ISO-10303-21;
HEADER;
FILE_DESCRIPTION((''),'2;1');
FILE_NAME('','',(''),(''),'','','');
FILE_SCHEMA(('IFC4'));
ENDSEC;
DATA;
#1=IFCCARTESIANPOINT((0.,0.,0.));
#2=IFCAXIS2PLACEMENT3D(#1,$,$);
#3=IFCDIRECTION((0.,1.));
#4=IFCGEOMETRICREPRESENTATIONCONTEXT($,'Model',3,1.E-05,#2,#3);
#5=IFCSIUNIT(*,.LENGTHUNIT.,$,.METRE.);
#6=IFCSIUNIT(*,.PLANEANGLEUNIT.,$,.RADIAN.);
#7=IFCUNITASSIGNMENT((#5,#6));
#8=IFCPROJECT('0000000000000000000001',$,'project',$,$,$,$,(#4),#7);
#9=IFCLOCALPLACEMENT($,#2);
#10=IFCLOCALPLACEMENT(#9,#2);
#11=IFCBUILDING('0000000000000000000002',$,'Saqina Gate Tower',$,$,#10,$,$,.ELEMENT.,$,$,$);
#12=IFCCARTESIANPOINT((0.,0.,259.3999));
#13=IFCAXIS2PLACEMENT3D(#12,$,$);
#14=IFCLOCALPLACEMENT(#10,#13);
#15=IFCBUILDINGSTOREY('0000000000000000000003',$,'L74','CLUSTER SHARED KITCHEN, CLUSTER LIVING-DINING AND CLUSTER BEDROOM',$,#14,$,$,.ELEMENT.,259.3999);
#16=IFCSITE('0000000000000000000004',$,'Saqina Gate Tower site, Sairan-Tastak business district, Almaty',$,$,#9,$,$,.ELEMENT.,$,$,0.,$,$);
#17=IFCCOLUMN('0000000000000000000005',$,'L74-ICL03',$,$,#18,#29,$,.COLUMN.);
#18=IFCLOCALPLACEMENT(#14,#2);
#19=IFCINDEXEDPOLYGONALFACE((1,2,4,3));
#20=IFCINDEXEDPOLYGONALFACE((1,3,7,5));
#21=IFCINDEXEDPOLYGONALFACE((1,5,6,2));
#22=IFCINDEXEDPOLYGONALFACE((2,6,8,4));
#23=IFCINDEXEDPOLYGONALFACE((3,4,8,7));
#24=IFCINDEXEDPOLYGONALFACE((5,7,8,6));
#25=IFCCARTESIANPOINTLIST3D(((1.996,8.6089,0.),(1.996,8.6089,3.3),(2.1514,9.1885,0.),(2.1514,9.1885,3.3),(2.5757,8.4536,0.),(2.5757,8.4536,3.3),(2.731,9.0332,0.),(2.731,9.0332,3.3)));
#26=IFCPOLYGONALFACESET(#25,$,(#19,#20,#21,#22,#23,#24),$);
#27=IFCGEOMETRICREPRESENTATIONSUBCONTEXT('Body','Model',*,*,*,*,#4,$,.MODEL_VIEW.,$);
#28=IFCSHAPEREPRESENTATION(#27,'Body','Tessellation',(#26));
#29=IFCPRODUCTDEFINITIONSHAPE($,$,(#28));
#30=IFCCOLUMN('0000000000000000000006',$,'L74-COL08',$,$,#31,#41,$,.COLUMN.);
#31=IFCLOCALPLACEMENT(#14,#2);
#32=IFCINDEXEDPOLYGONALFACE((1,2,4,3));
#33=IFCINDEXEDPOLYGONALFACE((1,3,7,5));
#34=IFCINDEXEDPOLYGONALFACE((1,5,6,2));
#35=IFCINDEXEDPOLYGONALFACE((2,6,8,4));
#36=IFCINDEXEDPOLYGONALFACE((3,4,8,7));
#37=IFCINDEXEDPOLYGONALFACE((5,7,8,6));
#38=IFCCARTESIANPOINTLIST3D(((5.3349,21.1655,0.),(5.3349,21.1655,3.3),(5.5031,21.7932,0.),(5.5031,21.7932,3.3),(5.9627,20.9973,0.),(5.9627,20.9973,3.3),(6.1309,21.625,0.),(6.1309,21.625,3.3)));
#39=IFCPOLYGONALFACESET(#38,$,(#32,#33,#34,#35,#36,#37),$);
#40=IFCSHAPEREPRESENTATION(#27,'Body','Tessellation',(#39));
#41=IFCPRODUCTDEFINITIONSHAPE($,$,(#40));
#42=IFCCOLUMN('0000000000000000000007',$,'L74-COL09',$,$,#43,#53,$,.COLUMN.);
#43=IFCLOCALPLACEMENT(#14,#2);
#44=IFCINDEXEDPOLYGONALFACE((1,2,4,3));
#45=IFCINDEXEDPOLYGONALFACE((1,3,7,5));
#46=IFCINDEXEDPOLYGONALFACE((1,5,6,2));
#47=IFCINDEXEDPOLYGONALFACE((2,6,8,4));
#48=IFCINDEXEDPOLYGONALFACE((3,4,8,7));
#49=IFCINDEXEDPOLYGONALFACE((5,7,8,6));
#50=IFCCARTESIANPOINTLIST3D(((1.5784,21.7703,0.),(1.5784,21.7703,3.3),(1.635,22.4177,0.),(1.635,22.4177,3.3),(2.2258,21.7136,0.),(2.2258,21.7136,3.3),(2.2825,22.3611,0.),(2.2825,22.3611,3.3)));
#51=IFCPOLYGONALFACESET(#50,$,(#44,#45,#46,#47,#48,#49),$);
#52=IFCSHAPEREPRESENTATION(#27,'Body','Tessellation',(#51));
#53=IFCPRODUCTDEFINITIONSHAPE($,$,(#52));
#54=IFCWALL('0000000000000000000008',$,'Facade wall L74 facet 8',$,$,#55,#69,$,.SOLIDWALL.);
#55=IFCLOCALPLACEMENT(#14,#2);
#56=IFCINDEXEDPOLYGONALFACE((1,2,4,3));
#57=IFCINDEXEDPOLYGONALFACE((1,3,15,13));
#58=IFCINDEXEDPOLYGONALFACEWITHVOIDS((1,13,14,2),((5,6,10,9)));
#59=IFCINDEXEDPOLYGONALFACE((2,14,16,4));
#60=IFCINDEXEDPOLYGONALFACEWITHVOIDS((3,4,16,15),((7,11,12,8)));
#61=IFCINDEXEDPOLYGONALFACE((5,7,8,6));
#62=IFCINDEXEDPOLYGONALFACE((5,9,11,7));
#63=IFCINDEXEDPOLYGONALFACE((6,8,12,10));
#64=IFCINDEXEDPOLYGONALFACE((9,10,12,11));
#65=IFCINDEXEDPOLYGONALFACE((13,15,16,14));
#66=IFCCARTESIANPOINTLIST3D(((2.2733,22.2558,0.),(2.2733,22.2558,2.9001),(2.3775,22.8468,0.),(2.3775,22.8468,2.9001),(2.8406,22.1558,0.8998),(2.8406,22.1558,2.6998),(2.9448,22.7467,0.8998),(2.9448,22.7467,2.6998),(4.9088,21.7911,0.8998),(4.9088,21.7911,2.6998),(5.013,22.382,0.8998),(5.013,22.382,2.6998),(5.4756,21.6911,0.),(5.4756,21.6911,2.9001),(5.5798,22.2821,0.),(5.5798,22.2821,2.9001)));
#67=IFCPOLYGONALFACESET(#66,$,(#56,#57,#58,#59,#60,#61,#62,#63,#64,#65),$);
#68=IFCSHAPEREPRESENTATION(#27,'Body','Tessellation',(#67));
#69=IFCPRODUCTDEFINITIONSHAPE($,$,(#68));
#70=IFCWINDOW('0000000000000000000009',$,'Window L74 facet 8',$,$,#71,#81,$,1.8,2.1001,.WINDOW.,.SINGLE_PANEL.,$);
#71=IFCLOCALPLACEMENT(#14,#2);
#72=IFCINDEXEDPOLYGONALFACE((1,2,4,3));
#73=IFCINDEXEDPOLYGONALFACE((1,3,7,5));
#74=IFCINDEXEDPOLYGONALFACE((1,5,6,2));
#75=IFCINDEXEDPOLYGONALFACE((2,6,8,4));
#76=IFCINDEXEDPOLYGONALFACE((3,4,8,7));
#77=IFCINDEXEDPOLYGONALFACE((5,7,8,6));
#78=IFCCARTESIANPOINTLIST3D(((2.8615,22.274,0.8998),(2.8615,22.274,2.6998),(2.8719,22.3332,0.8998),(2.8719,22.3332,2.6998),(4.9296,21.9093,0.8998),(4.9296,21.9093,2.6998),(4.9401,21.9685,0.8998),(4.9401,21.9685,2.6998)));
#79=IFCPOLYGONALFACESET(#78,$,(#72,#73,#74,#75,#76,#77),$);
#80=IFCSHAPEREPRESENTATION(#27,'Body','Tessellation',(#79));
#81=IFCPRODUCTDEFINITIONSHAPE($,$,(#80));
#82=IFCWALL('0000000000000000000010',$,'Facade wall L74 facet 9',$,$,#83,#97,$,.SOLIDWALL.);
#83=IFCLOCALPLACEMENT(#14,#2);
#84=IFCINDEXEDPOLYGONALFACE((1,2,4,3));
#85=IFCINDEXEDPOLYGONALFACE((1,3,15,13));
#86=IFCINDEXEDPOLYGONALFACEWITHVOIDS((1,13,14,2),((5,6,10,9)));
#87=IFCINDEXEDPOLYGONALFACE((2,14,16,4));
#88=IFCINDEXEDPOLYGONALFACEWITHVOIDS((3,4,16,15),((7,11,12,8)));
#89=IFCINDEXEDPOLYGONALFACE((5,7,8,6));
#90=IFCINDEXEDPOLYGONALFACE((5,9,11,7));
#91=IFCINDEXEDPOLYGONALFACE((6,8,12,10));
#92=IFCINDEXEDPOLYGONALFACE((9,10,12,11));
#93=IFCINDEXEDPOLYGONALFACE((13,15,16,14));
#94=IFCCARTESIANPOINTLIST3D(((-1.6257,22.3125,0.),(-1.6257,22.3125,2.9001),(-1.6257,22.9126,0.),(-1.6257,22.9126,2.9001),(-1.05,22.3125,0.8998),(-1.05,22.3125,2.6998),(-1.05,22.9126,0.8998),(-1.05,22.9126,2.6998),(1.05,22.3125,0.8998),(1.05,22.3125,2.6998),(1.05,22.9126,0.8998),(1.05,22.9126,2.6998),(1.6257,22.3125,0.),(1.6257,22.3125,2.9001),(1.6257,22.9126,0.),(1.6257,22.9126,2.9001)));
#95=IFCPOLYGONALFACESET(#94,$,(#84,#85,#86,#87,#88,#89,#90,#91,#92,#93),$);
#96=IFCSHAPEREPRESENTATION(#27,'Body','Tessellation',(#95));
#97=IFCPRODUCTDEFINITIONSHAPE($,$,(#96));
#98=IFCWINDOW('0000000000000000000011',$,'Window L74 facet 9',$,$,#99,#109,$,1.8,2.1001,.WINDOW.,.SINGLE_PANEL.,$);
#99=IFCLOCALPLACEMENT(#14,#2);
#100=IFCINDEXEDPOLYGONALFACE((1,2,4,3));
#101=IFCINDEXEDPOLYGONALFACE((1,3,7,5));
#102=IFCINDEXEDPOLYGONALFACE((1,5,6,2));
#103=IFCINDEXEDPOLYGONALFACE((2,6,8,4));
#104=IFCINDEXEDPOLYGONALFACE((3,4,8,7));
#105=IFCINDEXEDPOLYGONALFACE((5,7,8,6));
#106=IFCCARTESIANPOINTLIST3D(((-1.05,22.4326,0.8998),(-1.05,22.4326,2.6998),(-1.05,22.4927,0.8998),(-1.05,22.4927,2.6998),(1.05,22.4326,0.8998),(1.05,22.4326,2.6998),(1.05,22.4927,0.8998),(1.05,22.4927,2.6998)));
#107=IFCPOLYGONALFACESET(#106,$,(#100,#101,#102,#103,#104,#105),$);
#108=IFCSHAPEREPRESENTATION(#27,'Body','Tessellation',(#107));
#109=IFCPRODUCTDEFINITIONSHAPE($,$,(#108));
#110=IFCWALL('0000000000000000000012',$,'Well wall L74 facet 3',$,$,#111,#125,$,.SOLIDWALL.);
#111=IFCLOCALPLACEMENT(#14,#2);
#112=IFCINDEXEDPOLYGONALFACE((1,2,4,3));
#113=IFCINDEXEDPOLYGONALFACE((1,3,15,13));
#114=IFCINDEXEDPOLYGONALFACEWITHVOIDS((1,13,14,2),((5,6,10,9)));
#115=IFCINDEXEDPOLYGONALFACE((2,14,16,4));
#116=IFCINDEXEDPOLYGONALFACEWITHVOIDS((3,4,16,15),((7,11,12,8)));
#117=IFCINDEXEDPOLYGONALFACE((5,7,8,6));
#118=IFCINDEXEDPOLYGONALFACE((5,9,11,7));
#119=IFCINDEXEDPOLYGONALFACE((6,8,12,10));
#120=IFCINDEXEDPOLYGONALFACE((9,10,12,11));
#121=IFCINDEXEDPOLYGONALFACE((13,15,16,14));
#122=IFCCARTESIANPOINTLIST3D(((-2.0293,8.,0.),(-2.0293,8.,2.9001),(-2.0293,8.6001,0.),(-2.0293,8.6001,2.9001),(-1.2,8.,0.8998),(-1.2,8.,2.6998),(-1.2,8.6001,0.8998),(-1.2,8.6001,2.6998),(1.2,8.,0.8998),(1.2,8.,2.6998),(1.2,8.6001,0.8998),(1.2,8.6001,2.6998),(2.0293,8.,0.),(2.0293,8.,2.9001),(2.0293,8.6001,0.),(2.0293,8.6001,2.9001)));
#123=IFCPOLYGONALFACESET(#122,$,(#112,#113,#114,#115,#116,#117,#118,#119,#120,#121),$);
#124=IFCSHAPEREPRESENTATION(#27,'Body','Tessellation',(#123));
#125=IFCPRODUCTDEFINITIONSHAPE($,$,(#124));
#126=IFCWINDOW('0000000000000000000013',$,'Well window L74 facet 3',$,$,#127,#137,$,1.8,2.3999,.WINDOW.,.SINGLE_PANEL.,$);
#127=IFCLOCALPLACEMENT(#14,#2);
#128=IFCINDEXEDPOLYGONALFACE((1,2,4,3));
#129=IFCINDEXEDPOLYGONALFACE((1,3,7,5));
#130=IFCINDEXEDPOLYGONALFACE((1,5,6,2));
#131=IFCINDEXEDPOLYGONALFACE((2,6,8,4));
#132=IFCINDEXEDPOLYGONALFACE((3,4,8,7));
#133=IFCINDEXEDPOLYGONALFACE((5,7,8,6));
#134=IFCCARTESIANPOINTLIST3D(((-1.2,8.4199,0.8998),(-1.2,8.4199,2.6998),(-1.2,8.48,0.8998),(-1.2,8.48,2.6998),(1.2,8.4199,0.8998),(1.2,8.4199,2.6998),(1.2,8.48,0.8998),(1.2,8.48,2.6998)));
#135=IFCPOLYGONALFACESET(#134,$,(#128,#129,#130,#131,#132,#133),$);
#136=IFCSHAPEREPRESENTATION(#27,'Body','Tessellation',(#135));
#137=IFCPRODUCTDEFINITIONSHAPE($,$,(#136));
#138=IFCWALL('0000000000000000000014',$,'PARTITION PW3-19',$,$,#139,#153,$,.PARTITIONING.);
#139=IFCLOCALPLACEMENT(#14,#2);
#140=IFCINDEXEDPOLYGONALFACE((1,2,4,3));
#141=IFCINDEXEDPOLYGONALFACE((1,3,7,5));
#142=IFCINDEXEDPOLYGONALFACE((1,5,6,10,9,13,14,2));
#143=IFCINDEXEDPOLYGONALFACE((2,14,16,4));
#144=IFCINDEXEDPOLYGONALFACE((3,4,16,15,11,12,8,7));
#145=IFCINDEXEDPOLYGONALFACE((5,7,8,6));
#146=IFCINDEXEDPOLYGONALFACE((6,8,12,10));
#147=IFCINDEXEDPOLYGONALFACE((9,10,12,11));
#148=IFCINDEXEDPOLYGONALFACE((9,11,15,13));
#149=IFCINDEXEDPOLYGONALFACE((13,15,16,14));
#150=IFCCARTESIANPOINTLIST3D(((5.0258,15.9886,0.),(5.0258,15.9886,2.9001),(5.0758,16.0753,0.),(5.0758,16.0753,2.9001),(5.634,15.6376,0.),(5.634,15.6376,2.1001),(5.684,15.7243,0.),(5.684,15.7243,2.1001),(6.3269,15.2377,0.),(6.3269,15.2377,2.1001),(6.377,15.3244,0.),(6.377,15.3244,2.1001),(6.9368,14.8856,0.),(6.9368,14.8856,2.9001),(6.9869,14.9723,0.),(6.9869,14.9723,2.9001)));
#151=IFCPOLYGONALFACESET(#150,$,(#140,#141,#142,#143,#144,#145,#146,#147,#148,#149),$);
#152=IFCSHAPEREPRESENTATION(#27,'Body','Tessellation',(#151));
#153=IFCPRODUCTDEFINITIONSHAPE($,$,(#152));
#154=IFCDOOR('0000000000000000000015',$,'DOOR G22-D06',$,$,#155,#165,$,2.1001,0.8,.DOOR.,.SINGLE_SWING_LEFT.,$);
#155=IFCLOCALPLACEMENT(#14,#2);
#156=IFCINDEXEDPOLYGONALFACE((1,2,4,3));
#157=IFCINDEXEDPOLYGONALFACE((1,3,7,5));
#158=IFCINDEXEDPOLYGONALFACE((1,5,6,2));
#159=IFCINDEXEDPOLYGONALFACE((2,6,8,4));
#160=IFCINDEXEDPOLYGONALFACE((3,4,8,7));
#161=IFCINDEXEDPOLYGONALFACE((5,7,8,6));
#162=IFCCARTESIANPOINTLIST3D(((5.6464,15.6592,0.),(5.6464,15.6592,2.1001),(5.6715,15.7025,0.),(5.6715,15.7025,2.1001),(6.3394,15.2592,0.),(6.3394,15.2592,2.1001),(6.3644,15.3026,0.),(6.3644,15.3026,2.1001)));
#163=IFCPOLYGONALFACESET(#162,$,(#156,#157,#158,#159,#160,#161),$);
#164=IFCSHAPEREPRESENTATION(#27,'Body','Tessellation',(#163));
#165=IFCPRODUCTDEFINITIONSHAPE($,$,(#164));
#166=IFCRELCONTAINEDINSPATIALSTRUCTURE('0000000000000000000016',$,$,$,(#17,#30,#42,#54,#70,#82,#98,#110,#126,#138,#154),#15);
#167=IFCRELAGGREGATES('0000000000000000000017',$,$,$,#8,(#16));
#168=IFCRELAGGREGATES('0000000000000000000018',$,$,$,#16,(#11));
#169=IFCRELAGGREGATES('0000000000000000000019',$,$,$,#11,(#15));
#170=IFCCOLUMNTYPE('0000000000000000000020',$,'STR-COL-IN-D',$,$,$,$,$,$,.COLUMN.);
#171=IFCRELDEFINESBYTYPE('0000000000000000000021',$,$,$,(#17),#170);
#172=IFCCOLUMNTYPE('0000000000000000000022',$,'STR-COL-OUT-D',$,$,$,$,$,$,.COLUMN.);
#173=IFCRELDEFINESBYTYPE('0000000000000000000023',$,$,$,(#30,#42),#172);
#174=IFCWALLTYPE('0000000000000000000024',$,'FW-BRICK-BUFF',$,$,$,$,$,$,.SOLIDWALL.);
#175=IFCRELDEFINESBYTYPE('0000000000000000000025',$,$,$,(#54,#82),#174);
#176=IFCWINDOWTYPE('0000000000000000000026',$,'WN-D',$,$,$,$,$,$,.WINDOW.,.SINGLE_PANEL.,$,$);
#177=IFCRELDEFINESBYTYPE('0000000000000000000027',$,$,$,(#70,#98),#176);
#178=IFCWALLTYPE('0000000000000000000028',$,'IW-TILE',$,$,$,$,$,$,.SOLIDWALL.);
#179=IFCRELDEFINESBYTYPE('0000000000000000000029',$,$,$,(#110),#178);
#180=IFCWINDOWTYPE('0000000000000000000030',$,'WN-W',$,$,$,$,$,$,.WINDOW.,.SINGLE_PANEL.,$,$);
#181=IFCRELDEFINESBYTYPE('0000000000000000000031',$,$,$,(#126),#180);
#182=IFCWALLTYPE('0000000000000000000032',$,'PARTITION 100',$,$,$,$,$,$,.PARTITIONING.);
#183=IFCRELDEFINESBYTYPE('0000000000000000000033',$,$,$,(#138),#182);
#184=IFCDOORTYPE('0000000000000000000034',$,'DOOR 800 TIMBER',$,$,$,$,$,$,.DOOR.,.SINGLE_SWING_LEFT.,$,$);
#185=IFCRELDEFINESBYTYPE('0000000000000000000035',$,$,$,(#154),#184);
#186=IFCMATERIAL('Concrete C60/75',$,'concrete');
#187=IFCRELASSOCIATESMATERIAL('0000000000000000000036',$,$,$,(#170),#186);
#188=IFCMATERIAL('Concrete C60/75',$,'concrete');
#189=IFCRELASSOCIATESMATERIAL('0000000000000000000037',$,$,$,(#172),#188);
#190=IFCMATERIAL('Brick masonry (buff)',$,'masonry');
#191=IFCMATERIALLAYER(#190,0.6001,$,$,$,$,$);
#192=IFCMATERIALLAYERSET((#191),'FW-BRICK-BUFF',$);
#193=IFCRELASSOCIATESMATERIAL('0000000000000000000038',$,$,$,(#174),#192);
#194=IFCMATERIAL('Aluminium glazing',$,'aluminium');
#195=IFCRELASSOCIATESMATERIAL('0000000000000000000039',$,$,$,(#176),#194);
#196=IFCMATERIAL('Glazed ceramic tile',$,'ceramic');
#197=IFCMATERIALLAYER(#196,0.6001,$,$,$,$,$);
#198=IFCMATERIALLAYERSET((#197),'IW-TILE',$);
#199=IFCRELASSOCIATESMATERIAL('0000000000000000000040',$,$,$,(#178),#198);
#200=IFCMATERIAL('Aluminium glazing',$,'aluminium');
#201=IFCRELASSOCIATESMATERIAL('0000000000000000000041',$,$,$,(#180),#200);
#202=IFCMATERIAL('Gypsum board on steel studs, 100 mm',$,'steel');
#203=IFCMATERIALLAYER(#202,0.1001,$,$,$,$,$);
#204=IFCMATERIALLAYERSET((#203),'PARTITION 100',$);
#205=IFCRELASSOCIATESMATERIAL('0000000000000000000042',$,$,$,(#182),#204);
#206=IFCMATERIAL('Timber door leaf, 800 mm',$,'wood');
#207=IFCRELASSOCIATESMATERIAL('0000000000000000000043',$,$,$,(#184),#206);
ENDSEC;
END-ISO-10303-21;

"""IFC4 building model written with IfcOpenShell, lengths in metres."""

from ifc_helpers import new_model, si_unit, direction, frame, frame_2d, origin, origin_2d, place, context, subcontext, project, spatial, rectangle, extrude, material, layer, layer_set, material_profile, profile_set, type_object, element, fill, save


model = new_model("IFC4")

# Units and contexts
model_context = context("Model", 3, precision=1e-05, world=origin(), true_north=direction((0.0, 1.0)))
body_context = subcontext(model_context, "Body", "Model", "MODEL_VIEW")
ifc_project = project(units=[si_unit("LENGTHUNIT", "METRE"), si_unit("PLANEANGLEUNIT", "RADIAN")], contexts=[model_context])

# Site, building, storey
site_placement = place(None, origin())
site = spatial("IfcSite", under=ifc_project, at=site_placement, Name="Saqina Gate Tower site, Sairan-Tastak business district, Almaty", CompositionType="ELEMENT", RefElevation=0.0)
building_placement = place(site_placement, origin())
building = spatial("IfcBuilding", under=site, at=building_placement, Name="Saqina Gate Tower", CompositionType="ELEMENT")
storey_placement = place(building_placement, frame((0.0, 0.0, 259.3999)))
storey = spatial("IfcBuildingStorey", under=building, at=storey_placement, Name="L74", Description="CLUSTER SHARED KITCHEN, CLUSTER LIVING-DINING AND CLUSTER BEDROOM", CompositionType="ELEMENT", Elevation=259.3999)

# Columns
ifc_material_1 = material(Name="Concrete C60/75", Category="concrete")
ifc_material_profile_1 = material_profile(ifc_material_1, rectangle(XDim=0.6001, YDim=0.6001, at=origin_2d()), Name="RC 600x600")
ifc_profile_set_1 = profile_set([ifc_material_profile_1], Name="Concrete C60/75")
column_type_1 = type_object("IfcColumnType", Name="STR-COL-IN-D", PredefinedType="COLUMN", material=ifc_profile_set_1)
column_placement = place(storey_placement, frame((2.3635, 8.821, 0.0), z_axis=(0.0, 0.0, 1.0), x_axis=(0.258819, 0.965926, 0.0)))
element("IfcColumn", 1, at=column_placement, inside=storey, type_object=column_type_1, Name="L74-ICL03", PredefinedType="COLUMN", context=body_context, shape_type="SweptSolid", body=[
    extrude(rectangle(XDim=0.6001, YDim=0.6001, at=origin_2d()), origin(), (0.0, 0.0, 1.0), 3.3),
])
ifc_material_2 = material(Name="Concrete C60/75", Category="concrete")
ifc_material_profile_2 = material_profile(ifc_material_2, rectangle(XDim=0.6499, YDim=0.6499, at=origin_2d()), Name="RC 650x650")
ifc_profile_set_2 = profile_set([ifc_material_profile_2], Name="Concrete C60/75")
column_type_2 = type_object("IfcColumnType", Name="STR-COL-OUT-D", PredefinedType="COLUMN", material=ifc_profile_set_2)
for number, where, z_axis, x_axis, name in (
    (2, (5.7329, 21.3953, 0.0), (0.0, 0.0, 1.0), (0.258819, 0.965926, 0.0), "L74-COL08"),
    (3, (1.9304, 22.0657, 0.0), (0.0, 0.0, 1.0), (0.087156, 0.996195, 0.0), "L74-COL09"),
):
    element("IfcColumn", number, at=place(storey_placement, frame(where, z_axis=z_axis, x_axis=x_axis)), inside=storey, type_object=column_type_2, Name=name, PredefinedType="COLUMN", context=body_context, shape_type="SweptSolid", body=[
        extrude(rectangle(XDim=0.6499, YDim=0.6499, at=origin_2d()), origin(), (0.0, 0.0, 1.0), 3.3),
    ])

# Walls, openings, windows
ifc_material_3 = material(Name="Brick masonry (buff)", Category="masonry")
ifc_layer_1 = layer(ifc_material_3, 0.6001)
ifc_layer_set_1 = layer_set([ifc_layer_1], Name="FW-BRICK-BUFF")
wall_type_1 = type_object("IfcWallType", Name="FW-BRICK-BUFF", PredefinedType="SOLIDWALL", material=ifc_layer_set_1)
wall_1_placement = place(storey_placement, frame((5.5278, 21.9866, 0.0), z_axis=(0.0, 0.0, 1.0), x_axis=(-0.984806, 0.173657, 0.0)))
wall_1 = element("IfcWall", 4, at=wall_1_placement, inside=storey, type_object=wall_type_1, Name="Facade wall L74 facet 8", PredefinedType="SOLIDWALL", context=body_context, shape_type="SweptSolid", body=[
    extrude(rectangle(XDim=3.2517, YDim=0.6001, at=frame_2d((1.626, 0.0))), origin(), (0.0, 0.0, 1.0), 2.9001),
])
opening_1_placement = place(wall_1_placement, frame((0.5757, 0.0, 0.8999)))
opening_1 = element("IfcOpeningElement", 5, at=opening_1_placement, cuts=wall_1, PredefinedType="OPENING", context=body_context, shape_type="SweptSolid", body=[
    extrude(rectangle(XDim=2.1001, YDim=1.8, at=frame_2d((1.05, 0.8999))), frame((0.0, 0.312, 0.0), z_axis=(0.0, -1.0, 0.0), x_axis=(1.0, 0.0, 0.0)), (0.0, 0.0, 1.0), 0.624),
])
ifc_material_4 = material(Name="Aluminium glazing", Category="aluminium")
window_type_1 = type_object("IfcWindowType", Name="WN-D", PartitioningType="SINGLE_PANEL", PredefinedType="WINDOW", material=ifc_material_4)
window_1_placement = place(opening_1_placement, origin())
window_1 = element("IfcWindow", 6, at=window_1_placement, inside=storey, type_object=window_type_1, Name="Window L74 facet 8", OverallHeight=1.8, OverallWidth=2.1001, PartitioningType="SINGLE_PANEL", PredefinedType="WINDOW", context=body_context, shape_type="SweptSolid", body=[
    extrude(rectangle(XDim=2.1001, YDim=1.8, at=frame_2d((1.05, 0.8999))), frame((0.0, 0.1799, 0.0), z_axis=(0.0, -1.0, 0.0), x_axis=(1.0, 0.0, 0.0)), (0.0, 0.0, 1.0), 0.0601),
])
fill(opening_1, window_1)
wall_2_placement = place(storey_placement, frame((1.6257, 22.6125, 0.0), z_axis=(0.0, 0.0, 1.0), x_axis=(-1.0, 0.0, 0.0)))
wall_2 = element("IfcWall", 7, at=wall_2_placement, inside=storey, type_object=wall_type_1, Name="Facade wall L74 facet 9", PredefinedType="SOLIDWALL", context=body_context, shape_type="SweptSolid", body=[
    extrude(rectangle(XDim=3.2515, YDim=0.6001, at=frame_2d((1.6257, 0.0))), origin(), (0.0, 0.0, 1.0), 2.9001),
])
opening_2_placement = place(wall_2_placement, frame((0.5757, 0.0, 0.8999)))
opening_2 = element("IfcOpeningElement", 8, at=opening_2_placement, cuts=wall_2, PredefinedType="OPENING", context=body_context, shape_type="SweptSolid", body=[
    extrude(rectangle(XDim=2.1001, YDim=1.8, at=frame_2d((1.05, 0.8999))), frame((0.0, 0.312, 0.0), z_axis=(0.0, -1.0, 0.0), x_axis=(1.0, 0.0, 0.0)), (0.0, 0.0, 1.0), 0.624),
])
window_2_placement = place(opening_2_placement, origin())
window_2 = element("IfcWindow", 9, at=window_2_placement, inside=storey, type_object=window_type_1, Name="Window L74 facet 9", OverallHeight=1.8, OverallWidth=2.1001, PartitioningType="SINGLE_PANEL", PredefinedType="WINDOW", context=body_context, shape_type="SweptSolid", body=[
    extrude(rectangle(XDim=2.1001, YDim=1.8, at=frame_2d((1.05, 0.8999))), frame((0.0, 0.1799, 0.0), z_axis=(0.0, -1.0, 0.0), x_axis=(1.0, 0.0, 0.0)), (0.0, 0.0, 1.0), 0.0601),
])
fill(opening_2, window_2)
ifc_material_5 = material(Name="Glazed ceramic tile", Category="ceramic")
ifc_layer_2 = layer(ifc_material_5, 0.6001)
ifc_layer_set_2 = layer_set([ifc_layer_2], Name="IW-TILE")
wall_type_2 = type_object("IfcWallType", Name="IW-TILE", PredefinedType="SOLIDWALL", material=ifc_layer_set_2)
wall_3_placement = place(storey_placement, frame((2.0293, 8.3, 0.0), z_axis=(0.0, 0.0, 1.0), x_axis=(-1.0, 0.0, 0.0)))
wall_3 = element("IfcWall", 10, at=wall_3_placement, inside=storey, type_object=wall_type_2, Name="Well wall L74 facet 3", PredefinedType="SOLIDWALL", context=body_context, shape_type="SweptSolid", body=[
    extrude(rectangle(XDim=4.0586, YDim=0.6001, at=frame_2d((2.0293, 0.0))), origin(), (0.0, 0.0, 1.0), 2.9001),
])
opening_3_placement = place(wall_3_placement, frame((0.8293, 0.0, 0.8999)))
opening_3 = element("IfcOpeningElement", 11, at=opening_3_placement, cuts=wall_3, PredefinedType="OPENING", context=body_context, shape_type="SweptSolid", body=[
    extrude(rectangle(XDim=2.3999, YDim=1.8, at=frame_2d((1.2, 0.8999))), frame((0.0, 0.312, 0.0), z_axis=(0.0, -1.0, 0.0), x_axis=(1.0, 0.0, 0.0)), (0.0, 0.0, 1.0), 0.624),
])
ifc_material_6 = material(Name="Aluminium glazing", Category="aluminium")
window_type_2 = type_object("IfcWindowType", Name="WN-W", PartitioningType="SINGLE_PANEL", PredefinedType="WINDOW", material=ifc_material_6)
window_3_placement = place(opening_3_placement, origin())
window_3 = element("IfcWindow", 12, at=window_3_placement, inside=storey, type_object=window_type_2, Name="Well window L74 facet 3", OverallHeight=1.8, OverallWidth=2.3999, PartitioningType="SINGLE_PANEL", PredefinedType="WINDOW", context=body_context, shape_type="SweptSolid", body=[
    extrude(rectangle(XDim=2.3999, YDim=1.8, at=frame_2d((1.2, 0.8999))), frame((0.0, -0.1199, 0.0), z_axis=(0.0, -1.0, 0.0), x_axis=(1.0, 0.0, 0.0)), (0.0, 0.0, 1.0), 0.0601),
])
fill(opening_3, window_3)

# Wall, opening, door
ifc_material_7 = material(Name="Gypsum board on steel studs, 100 mm", Category="steel")
ifc_layer_3 = layer(ifc_material_7, 0.1001)
ifc_layer_set_3 = layer_set([ifc_layer_3], Name="PARTITION 100")
wall_type_3 = type_object("IfcWallType", Name="PARTITION 100", PredefinedType="PARTITIONING", material=ifc_layer_set_3)
wall_4_placement = place(storey_placement, frame((5.0508, 16.032, 0.0), z_axis=(0.0, 0.0, 1.0), x_axis=(0.866097, -0.499876, 0.0)))
wall_4 = element("IfcWall", 13, at=wall_4_placement, inside=storey, type_object=wall_type_3, Name="PARTITION PW3-19", PredefinedType="PARTITIONING", context=body_context, shape_type="SweptSolid", body=[
    extrude(rectangle(XDim=2.2065, YDim=0.1001, at=frame_2d((1.1033, 0.0))), origin(), (0.0, 0.0, 1.0), 2.9001),
])
opening_4_placement = place(wall_4_placement, frame((0.7024, 0.0, 0.0)))
opening_4 = element("IfcOpeningElement", 14, at=opening_4_placement, cuts=wall_4, PredefinedType="OPENING", context=body_context, shape_type="SweptSolid", body=[
    extrude(rectangle(XDim=0.8, YDim=2.1001, at=frame_2d((0.3999, 1.05))), frame((0.0, 0.062, 0.0), z_axis=(0.0, -1.0, 0.0), x_axis=(1.0, 0.0, 0.0)), (0.0, 0.0, 1.0), 0.124),
])
ifc_material_8 = material(Name="Timber door leaf, 800 mm", Category="wood")
door_type_1 = type_object("IfcDoorType", Name="DOOR 800 TIMBER", OperationType="SINGLE_SWING_LEFT", PredefinedType="DOOR", material=ifc_material_8)
door_1_placement = place(opening_4_placement, origin())
door_1 = element("IfcDoor", 15, at=door_1_placement, inside=storey, type_object=door_type_1, Name="DOOR G22-D06", OperationType="SINGLE_SWING_LEFT", OverallHeight=2.1001, OverallWidth=0.8, PredefinedType="DOOR", context=body_context, shape_type="SweptSolid", body=[
    extrude(rectangle(XDim=0.8, YDim=2.1001, at=frame_2d((0.3999, 1.05))), frame((0.0, 0.0249, 0.0), z_axis=(0.0, -1.0, 0.0), x_axis=(1.0, 0.0, 0.0)), (0.0, 0.0, 1.0), 0.05),
])
fill(opening_4, door_1)

save(model, "model.ifc")
